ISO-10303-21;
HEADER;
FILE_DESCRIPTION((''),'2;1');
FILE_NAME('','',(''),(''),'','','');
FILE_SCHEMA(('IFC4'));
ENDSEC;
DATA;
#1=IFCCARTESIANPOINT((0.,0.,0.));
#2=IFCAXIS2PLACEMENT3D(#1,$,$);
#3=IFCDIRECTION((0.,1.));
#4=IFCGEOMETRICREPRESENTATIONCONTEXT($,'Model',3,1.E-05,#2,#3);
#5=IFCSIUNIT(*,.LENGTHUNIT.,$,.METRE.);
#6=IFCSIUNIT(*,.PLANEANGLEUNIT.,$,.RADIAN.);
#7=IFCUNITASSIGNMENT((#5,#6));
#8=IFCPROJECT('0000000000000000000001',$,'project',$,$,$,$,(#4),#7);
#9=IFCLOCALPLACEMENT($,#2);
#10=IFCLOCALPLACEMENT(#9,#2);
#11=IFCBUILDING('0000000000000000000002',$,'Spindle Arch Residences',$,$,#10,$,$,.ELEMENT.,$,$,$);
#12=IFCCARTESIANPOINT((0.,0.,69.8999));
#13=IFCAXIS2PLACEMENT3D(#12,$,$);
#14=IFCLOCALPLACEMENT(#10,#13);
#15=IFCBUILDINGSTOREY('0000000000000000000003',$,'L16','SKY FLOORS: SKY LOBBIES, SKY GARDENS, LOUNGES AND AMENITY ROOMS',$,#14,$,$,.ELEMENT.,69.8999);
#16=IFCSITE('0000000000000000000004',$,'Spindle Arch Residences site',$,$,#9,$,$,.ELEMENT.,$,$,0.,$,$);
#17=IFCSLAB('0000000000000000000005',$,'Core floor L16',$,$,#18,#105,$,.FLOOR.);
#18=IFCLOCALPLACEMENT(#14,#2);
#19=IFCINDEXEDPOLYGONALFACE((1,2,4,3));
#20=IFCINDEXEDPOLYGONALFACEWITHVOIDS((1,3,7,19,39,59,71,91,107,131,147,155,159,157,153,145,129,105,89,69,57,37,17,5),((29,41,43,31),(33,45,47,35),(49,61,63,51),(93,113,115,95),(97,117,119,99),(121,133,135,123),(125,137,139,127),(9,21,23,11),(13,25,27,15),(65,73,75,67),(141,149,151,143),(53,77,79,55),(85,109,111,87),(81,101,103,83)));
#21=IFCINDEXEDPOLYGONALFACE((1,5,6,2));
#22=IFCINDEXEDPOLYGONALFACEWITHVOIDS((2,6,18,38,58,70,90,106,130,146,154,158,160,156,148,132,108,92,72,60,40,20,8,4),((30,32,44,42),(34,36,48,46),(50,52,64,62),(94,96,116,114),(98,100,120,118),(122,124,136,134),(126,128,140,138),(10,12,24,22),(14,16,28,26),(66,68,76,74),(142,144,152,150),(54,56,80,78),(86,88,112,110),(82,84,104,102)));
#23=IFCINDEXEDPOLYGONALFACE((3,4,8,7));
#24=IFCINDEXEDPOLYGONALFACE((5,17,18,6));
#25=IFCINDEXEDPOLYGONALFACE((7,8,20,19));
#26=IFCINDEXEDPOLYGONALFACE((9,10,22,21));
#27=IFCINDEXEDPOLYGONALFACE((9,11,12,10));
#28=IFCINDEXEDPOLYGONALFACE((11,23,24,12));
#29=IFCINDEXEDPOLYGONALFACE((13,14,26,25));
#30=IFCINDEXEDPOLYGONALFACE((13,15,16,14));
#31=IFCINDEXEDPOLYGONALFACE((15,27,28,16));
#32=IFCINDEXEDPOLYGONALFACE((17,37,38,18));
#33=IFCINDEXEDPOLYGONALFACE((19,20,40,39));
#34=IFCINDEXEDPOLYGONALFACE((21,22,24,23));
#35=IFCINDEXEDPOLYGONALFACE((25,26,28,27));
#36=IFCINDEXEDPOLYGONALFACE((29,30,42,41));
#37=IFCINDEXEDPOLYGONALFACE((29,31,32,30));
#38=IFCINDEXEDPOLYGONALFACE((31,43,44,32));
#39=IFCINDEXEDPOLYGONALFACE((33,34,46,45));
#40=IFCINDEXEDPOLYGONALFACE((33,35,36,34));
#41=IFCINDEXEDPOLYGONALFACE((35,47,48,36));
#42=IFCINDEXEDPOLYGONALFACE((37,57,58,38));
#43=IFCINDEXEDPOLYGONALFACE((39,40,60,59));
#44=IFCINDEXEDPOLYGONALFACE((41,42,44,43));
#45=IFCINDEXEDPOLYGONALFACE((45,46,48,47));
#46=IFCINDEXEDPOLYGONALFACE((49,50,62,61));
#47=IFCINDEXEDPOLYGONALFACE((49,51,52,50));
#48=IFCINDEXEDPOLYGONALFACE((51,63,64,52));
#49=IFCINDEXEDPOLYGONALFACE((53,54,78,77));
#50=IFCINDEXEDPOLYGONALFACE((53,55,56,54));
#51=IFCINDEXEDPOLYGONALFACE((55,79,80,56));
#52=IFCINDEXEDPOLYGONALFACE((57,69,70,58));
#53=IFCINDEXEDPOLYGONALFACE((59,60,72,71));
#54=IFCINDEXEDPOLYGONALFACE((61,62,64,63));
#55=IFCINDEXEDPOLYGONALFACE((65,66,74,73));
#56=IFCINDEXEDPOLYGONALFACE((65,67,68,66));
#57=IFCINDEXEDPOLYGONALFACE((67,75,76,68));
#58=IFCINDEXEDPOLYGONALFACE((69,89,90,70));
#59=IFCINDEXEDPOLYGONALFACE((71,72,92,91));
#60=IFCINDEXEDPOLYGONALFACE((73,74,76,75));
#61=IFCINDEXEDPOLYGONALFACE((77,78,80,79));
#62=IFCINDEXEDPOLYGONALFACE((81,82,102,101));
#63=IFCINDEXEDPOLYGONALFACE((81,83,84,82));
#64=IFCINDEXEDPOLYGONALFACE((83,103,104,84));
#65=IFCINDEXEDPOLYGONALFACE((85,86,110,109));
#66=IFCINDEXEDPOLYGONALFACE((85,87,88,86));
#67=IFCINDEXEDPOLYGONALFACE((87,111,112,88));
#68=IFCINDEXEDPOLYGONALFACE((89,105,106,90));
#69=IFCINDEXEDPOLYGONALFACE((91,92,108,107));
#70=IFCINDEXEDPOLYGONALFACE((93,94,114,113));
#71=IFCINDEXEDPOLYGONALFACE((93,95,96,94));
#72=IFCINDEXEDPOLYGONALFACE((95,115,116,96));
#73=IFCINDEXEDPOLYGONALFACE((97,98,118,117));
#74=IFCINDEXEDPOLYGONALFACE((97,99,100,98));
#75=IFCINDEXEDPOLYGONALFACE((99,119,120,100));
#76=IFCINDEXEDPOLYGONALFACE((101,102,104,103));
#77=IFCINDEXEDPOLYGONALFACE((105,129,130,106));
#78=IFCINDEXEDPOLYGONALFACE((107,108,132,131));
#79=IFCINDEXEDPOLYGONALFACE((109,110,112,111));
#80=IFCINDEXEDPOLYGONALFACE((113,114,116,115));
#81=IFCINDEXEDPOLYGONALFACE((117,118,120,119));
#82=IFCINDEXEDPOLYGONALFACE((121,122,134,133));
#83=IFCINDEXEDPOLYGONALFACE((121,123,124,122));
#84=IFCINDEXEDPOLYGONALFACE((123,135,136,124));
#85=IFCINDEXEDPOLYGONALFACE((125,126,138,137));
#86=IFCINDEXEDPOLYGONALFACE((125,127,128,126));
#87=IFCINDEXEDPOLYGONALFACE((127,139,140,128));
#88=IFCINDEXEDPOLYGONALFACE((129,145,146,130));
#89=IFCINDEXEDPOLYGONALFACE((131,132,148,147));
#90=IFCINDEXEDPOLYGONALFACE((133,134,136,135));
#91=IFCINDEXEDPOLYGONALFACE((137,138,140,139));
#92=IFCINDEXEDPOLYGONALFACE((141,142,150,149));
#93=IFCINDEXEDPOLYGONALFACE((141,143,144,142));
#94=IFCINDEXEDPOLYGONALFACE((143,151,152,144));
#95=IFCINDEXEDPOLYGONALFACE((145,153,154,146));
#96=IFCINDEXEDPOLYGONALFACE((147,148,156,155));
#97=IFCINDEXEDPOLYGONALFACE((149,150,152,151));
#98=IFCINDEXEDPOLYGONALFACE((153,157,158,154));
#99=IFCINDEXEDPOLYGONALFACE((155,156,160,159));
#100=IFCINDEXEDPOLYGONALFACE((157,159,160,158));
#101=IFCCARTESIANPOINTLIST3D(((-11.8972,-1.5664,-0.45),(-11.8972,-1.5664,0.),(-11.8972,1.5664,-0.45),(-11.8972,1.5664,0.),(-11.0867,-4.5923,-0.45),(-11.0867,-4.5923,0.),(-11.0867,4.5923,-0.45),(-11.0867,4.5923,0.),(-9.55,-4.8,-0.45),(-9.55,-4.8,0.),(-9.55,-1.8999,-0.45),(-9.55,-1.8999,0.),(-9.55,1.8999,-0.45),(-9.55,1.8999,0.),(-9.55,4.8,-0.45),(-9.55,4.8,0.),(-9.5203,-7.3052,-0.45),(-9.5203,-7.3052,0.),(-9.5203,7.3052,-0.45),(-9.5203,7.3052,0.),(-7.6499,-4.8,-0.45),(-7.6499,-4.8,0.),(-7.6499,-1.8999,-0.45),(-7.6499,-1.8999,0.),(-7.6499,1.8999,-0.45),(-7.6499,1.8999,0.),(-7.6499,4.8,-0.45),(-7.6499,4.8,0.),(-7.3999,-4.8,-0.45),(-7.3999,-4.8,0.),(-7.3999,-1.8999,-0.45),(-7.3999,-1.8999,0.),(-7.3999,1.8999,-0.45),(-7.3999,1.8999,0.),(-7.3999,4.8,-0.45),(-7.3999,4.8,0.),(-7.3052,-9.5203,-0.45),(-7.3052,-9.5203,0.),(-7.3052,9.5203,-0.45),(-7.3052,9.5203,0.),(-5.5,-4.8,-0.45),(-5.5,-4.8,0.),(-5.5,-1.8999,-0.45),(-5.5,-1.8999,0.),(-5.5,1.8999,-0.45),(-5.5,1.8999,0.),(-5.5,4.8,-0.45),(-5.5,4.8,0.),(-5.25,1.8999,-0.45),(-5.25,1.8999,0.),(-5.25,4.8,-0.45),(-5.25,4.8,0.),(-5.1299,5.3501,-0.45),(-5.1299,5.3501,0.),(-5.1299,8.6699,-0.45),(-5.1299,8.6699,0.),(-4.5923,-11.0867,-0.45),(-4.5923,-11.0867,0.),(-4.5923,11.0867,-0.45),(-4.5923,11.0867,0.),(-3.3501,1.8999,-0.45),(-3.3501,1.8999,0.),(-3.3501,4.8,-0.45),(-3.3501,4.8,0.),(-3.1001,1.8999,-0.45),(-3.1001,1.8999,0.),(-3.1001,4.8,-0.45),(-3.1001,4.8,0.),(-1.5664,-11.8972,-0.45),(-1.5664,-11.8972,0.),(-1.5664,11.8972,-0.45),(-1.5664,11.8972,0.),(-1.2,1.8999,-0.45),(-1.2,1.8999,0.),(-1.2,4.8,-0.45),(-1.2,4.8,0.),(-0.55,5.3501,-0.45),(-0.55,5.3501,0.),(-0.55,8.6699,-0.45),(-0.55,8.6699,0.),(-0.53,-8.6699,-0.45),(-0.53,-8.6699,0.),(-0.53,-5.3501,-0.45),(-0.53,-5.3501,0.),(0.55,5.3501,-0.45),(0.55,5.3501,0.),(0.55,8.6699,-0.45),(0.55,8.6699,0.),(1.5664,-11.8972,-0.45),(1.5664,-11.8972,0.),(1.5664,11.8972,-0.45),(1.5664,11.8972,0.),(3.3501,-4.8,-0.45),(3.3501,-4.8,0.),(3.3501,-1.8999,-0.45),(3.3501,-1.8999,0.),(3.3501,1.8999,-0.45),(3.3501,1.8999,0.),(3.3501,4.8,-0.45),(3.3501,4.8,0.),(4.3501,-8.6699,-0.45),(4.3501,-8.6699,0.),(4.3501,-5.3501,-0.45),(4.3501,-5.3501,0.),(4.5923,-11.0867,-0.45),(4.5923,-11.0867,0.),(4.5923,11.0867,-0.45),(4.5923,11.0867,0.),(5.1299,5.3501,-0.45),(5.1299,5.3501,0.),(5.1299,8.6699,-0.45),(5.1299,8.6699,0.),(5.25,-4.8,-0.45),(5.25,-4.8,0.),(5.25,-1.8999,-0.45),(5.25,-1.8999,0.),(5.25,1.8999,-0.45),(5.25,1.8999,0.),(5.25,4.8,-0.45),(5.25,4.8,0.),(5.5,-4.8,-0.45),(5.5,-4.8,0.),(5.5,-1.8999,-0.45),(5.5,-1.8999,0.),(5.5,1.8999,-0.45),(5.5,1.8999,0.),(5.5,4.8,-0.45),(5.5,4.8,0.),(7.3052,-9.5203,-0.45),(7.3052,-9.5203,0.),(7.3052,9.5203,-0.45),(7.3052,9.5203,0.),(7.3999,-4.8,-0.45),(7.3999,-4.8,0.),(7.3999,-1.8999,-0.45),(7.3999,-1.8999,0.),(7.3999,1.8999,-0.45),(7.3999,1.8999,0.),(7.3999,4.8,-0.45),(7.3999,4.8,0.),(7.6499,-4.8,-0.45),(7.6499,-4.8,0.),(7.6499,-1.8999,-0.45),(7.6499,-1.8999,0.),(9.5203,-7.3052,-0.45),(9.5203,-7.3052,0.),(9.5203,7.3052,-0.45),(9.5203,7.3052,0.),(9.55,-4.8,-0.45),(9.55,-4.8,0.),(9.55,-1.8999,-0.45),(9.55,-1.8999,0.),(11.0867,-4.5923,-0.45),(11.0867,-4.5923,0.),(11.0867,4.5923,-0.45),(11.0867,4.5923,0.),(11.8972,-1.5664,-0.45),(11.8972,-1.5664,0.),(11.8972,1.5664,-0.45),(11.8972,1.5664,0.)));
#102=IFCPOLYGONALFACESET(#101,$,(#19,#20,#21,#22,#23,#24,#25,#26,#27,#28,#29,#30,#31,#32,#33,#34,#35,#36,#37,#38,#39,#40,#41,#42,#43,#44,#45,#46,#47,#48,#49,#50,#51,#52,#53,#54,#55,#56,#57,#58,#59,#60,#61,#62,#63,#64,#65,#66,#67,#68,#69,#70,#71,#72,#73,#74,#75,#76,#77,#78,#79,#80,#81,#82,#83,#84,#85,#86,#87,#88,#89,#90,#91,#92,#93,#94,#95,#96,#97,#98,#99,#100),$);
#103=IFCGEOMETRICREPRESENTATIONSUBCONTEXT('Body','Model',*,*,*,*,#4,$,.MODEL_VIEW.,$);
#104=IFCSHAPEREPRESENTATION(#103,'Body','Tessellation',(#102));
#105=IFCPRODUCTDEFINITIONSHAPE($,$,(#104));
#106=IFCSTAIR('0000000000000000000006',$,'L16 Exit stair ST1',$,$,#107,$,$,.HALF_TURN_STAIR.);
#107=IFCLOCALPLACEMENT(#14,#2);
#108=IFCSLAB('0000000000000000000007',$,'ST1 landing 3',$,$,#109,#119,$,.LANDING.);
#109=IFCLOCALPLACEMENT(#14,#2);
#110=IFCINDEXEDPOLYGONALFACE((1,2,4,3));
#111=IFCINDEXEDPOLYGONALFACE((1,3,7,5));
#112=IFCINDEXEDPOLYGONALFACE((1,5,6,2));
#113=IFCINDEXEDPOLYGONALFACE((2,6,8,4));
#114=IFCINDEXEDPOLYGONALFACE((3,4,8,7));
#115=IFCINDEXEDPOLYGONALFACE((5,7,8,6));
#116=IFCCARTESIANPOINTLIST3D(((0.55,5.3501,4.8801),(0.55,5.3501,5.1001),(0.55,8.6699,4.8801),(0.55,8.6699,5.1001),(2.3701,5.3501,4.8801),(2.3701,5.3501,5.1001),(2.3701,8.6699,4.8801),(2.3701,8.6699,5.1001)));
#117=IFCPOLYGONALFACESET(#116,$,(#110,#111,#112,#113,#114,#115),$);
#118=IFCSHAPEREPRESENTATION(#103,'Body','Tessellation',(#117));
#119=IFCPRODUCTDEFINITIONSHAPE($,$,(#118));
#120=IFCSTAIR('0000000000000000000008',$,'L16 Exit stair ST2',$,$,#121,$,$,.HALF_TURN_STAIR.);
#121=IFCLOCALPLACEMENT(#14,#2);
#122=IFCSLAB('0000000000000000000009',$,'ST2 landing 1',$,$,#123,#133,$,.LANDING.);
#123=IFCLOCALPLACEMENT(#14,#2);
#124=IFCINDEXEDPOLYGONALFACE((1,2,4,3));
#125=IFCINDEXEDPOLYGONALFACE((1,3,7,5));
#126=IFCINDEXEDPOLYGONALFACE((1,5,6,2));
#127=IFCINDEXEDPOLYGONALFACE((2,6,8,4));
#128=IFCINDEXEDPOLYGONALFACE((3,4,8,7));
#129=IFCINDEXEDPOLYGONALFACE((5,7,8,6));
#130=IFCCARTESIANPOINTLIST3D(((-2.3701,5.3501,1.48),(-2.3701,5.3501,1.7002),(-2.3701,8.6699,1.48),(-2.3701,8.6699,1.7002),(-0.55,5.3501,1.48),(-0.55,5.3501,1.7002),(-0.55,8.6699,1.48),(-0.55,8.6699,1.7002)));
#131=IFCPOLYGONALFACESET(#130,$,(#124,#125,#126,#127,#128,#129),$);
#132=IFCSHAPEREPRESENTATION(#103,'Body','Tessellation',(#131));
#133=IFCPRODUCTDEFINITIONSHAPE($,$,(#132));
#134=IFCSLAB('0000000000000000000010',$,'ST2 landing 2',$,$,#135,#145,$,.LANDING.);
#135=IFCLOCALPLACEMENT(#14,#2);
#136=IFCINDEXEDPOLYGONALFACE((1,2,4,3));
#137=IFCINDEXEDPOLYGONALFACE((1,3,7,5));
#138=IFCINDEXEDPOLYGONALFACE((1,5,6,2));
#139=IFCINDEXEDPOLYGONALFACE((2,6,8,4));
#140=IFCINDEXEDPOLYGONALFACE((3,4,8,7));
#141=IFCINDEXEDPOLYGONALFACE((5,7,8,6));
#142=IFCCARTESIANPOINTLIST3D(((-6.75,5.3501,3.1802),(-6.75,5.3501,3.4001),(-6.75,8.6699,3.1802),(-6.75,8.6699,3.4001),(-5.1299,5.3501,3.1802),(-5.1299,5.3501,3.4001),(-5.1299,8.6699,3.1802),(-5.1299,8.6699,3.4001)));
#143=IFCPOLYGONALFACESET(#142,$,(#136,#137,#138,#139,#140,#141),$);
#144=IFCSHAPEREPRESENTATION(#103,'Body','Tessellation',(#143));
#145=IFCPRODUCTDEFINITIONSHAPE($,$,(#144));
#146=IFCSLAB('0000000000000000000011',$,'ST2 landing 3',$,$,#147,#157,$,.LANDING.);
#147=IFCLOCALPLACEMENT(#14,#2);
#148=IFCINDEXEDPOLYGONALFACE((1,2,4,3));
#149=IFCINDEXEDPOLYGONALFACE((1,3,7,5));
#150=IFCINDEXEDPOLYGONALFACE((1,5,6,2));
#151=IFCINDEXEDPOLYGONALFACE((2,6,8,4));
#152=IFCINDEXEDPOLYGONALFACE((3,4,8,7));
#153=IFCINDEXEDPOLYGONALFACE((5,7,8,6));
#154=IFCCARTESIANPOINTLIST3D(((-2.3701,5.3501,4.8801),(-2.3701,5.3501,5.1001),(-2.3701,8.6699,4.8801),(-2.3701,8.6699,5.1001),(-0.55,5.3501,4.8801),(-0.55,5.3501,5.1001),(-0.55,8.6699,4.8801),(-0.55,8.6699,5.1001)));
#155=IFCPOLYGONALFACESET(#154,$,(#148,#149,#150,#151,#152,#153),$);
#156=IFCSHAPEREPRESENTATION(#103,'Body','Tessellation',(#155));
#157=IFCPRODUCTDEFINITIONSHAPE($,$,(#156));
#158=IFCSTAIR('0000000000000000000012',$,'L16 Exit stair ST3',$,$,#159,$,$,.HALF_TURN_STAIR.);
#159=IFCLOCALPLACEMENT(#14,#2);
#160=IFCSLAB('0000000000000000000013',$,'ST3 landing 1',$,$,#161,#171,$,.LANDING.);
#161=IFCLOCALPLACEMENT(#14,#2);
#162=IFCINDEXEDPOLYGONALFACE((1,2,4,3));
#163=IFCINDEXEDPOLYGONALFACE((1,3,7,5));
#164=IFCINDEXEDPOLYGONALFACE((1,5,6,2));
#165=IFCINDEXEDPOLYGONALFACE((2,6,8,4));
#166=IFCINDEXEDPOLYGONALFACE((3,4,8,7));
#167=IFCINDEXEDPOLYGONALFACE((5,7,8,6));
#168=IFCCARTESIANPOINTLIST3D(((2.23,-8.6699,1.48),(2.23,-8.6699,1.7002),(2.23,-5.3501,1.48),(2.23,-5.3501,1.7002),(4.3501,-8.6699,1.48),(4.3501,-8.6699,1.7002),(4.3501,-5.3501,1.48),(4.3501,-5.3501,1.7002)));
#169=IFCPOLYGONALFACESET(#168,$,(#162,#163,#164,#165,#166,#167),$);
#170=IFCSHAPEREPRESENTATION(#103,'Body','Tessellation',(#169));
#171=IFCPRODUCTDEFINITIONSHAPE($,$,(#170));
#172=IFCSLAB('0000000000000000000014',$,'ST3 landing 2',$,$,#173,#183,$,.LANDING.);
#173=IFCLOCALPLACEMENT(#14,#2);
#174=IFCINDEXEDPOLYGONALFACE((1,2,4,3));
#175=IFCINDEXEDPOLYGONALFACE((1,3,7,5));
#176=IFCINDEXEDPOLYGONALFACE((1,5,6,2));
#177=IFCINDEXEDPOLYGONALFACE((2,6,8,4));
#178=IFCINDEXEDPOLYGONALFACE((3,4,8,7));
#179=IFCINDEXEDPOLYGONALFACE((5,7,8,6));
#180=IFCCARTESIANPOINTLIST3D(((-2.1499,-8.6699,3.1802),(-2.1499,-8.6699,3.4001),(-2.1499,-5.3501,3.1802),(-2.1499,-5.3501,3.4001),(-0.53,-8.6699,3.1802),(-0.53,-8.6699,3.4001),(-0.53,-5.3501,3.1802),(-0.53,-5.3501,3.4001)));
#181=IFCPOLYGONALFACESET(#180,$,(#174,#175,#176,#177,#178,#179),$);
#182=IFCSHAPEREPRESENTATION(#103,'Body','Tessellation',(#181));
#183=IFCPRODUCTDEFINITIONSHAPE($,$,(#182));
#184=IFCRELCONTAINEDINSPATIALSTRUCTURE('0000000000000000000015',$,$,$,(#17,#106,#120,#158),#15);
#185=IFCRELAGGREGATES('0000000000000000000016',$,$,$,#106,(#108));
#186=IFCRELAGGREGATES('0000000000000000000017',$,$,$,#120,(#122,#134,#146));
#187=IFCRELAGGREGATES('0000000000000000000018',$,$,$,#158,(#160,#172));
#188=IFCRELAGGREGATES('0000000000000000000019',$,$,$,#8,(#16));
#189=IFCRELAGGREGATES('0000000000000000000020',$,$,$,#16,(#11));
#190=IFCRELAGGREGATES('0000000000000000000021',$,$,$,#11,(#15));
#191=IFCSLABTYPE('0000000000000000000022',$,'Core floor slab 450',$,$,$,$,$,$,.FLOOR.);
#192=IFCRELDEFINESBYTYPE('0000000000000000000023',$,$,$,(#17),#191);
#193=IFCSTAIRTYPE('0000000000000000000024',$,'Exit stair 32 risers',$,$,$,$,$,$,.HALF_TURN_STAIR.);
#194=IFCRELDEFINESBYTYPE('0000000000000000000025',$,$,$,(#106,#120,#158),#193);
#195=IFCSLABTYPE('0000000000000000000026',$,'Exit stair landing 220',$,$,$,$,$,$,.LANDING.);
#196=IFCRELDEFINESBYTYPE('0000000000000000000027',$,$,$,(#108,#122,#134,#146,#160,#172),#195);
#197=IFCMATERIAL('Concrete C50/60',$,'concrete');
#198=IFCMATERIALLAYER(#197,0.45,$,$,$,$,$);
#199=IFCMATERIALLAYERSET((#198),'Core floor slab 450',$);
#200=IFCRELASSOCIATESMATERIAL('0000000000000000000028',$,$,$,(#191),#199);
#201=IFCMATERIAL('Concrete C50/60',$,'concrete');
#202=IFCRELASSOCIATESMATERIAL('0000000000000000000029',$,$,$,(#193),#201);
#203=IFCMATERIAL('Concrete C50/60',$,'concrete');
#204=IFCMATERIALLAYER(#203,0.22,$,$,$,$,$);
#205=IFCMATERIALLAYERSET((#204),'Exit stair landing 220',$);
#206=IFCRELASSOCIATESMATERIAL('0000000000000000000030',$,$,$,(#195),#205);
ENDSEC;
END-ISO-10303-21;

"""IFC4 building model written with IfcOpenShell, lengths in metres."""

from ifc_helpers import new_model, si_unit, direction, frame, origin, place, context, subcontext, project, spatial, polyline, outline, extrude, material, layer, layer_set, type_object, element, aggregate, save


model = new_model("IFC4")

# Units and contexts
model_context = context("Model", 3, precision=1e-05, world=origin(), true_north=direction((0.0, 1.0)))
body_context = subcontext(model_context, "Body", "Model", "MODEL_VIEW")
ifc_project = project(units=[si_unit("LENGTHUNIT", "METRE"), si_unit("PLANEANGLEUNIT", "RADIAN")], contexts=[model_context])

# Site, building, storey
site_placement = place(None, origin())
site = spatial("IfcSite", under=ifc_project, at=site_placement, Name="Spindle Arch Residences site", CompositionType="ELEMENT", RefElevation=0.0)
building_placement = place(site_placement, origin())
building = spatial("IfcBuilding", under=site, at=building_placement, Name="Spindle Arch Residences", CompositionType="ELEMENT")
storey_placement = place(building_placement, frame((0.0, 0.0, 69.8999)))
storey = spatial("IfcBuildingStorey", under=building, at=storey_placement, Name="L16", Description="SKY FLOORS: SKY LOBBIES, SKY GARDENS, LOUNGES AND AMENITY ROOMS", CompositionType="ELEMENT", Elevation=69.8999)

# Slab
ifc_material_1 = material(Name="Concrete C50/60", Category="concrete")
ifc_layer_1 = layer(ifc_material_1, 0.45)
ifc_layer_set_1 = layer_set([ifc_layer_1], Name="Core floor slab 450")
slab_type_1 = type_object("IfcSlabType", Name="Core floor slab 450", PredefinedType="FLOOR", material=ifc_layer_set_1)
slab_1_placement = place(storey_placement, frame((0.0, 0.0, -0.45)))
element("IfcSlab", 1, at=slab_1_placement, inside=storey, type_object=slab_type_1, Name="Core floor L16", PredefinedType="FLOOR", context=body_context, shape_type="SweptSolid", body=[
    extrude(outline(polyline([(1.5664, -11.8972), (4.5923, -11.0867), (7.3052, -9.5203), (9.5203, -7.3052), (11.0867, -4.5923), (11.8972, -1.5664), (11.8972, 1.5664), (11.0867, 4.5923), (9.5203, 7.3052), (7.3052, 9.5203), (4.5923, 11.0867), (1.5664, 11.8972), (-1.5664, 11.8972), (-4.5923, 11.0867), (-7.3052, 9.5203), (-9.5203, 7.3052), (-11.0867, 4.5923), (-11.8972, 1.5664), (-11.8972, -1.5664), (-11.0867, -4.5923), (-9.5203, -7.3052), (-7.3052, -9.5203), (-4.5923, -11.0867), (-1.5664, -11.8972), (1.5664, -11.8972)]), holes=[polyline([(-9.55, 1.8999), (-7.6499, 1.8999), (-7.6499, 4.8), (-9.55, 4.8), (-9.55, 1.8999)]), polyline([(-7.3999, 1.8999), (-5.5, 1.8999), (-5.5, 4.8), (-7.3999, 4.8), (-7.3999, 1.8999)]), polyline([(-5.25, 1.8999), (-3.3501, 1.8999), (-3.3501, 4.8), (-5.25, 4.8), (-5.25, 1.8999)]), polyline([(-3.1001, 1.8999), (-1.2, 1.8999), (-1.2, 4.8), (-3.1001, 4.8), (-3.1001, 1.8999)]), polyline([(3.3501, 1.8999), (5.25, 1.8999), (5.25, 4.8), (3.3501, 4.8), (3.3501, 1.8999)]), polyline([(5.5, 1.8999), (7.3999, 1.8999), (7.3999, 4.8), (5.5, 4.8), (5.5, 1.8999)]), polyline([(-9.55, -4.8), (-7.6499, -4.8), (-7.6499, -1.8999), (-9.55, -1.8999), (-9.55, -4.8)]), polyline([(-7.3999, -4.8), (-5.5, -4.8), (-5.5, -1.8999), (-7.3999, -1.8999), (-7.3999, -4.8)]), polyline([(3.3501, -4.8), (5.25, -4.8), (5.25, -1.8999), (3.3501, -1.8999), (3.3501, -4.8)]), polyline([(5.5, -4.8), (7.3999, -4.8), (7.3999, -1.8999), (5.5, -1.8999), (5.5, -4.8)]), polyline([(7.6499, -4.8), (9.55, -4.8), (9.55, -1.8999), (7.6499, -1.8999), (7.6499, -4.8)]), polyline([(5.1299, 8.6699), (0.55, 8.6699), (0.55, 5.3501), (5.1299, 5.3501), (5.1299, 8.6699)]), polyline([(-5.1299, 5.3501), (-0.55, 5.3501), (-0.55, 8.6699), (-5.1299, 8.6699), (-5.1299, 5.3501)]), polyline([(-0.53, -8.6699), (4.3501, -8.6699), (4.3501, -5.3501), (-0.53, -5.3501), (-0.53, -8.6699)])]), origin(), (0.0, 0.0, 1.0), 0.45),
])

# Stair, slab
ifc_material_2 = material(Name="Concrete C50/60", Category="concrete")
stair_type = type_object("IfcStairType", Name="Exit stair 32 risers", PredefinedType="HALF_TURN_STAIR", material=ifc_material_2)
stair_1_placement = place(storey_placement, origin())
stair_1 = element("IfcStair", 2, at=stair_1_placement, inside=storey, type_object=stair_type, Name="L16 Exit stair ST1", PredefinedType="HALF_TURN_STAIR")
ifc_material_3 = material(Name="Concrete C50/60", Category="concrete")
ifc_layer_2 = layer(ifc_material_3, 0.22)
ifc_layer_set_2 = layer_set([ifc_layer_2], Name="Exit stair landing 220")
slab_type_2 = type_object("IfcSlabType", Name="Exit stair landing 220", PredefinedType="LANDING", material=ifc_layer_set_2)
slab_2_placement = place(storey_placement, frame((0.0, 0.0, 4.8801)))
slab_2 = element("IfcSlab", 3, at=slab_2_placement, type_object=slab_type_2, Name="ST1 landing 3", PredefinedType="LANDING", context=body_context, shape_type="SweptSolid", body=[
    extrude(outline(polyline([(2.3701, 8.6699), (0.55, 8.6699), (0.55, 5.3501), (2.3701, 5.3501), (2.3701, 8.6699)])), origin(), (0.0, 0.0, 1.0), 0.22),
])
aggregate(stair_1, [slab_2])

# Stairs, slabs
stair_2_placement = place(storey_placement, origin())
stair_2 = element("IfcStair", 4, at=stair_2_placement, inside=storey, type_object=stair_type, Name="L16 Exit stair ST2", PredefinedType="HALF_TURN_STAIR")
slab_3_placement = place(storey_placement, frame((0.0, 0.0, 1.48)))
slab_3 = element("IfcSlab", 5, at=slab_3_placement, type_object=slab_type_2, Name="ST2 landing 1", PredefinedType="LANDING", context=body_context, shape_type="SweptSolid", body=[
    extrude(outline(polyline([(-2.3701, 5.3501), (-0.55, 5.3501), (-0.55, 8.6699), (-2.3701, 8.6699), (-2.3701, 5.3501)])), origin(), (0.0, 0.0, 1.0), 0.2202),
])
slab_4_placement = place(storey_placement, frame((0.0, 0.0, 3.1802)))
slab_4 = element("IfcSlab", 6, at=slab_4_placement, type_object=slab_type_2, Name="ST2 landing 2", PredefinedType="LANDING", context=body_context, shape_type="SweptSolid", body=[
    extrude(outline(polyline([(-6.75, 5.3501), (-5.1299, 5.3501), (-5.1299, 8.6699), (-6.75, 8.6699), (-6.75, 5.3501)])), origin(), (0.0, 0.0, 1.0), 0.22),
])
slab_5_placement = place(storey_placement, frame((0.0, 0.0, 4.8801)))
slab_5 = element("IfcSlab", 7, at=slab_5_placement, type_object=slab_type_2, Name="ST2 landing 3", PredefinedType="LANDING", context=body_context, shape_type="SweptSolid", body=[
    extrude(outline(polyline([(-2.3701, 5.3501), (-0.55, 5.3501), (-0.55, 8.6699), (-2.3701, 8.6699), (-2.3701, 5.3501)])), origin(), (0.0, 0.0, 1.0), 0.22),
])
aggregate(stair_2, [slab_3, slab_4, slab_5])
stair_3_placement = place(storey_placement, origin())
stair_3 = element("IfcStair", 8, at=stair_3_placement, inside=storey, type_object=stair_type, Name="L16 Exit stair ST3", PredefinedType="HALF_TURN_STAIR")
slab_6_placement = place(storey_placement, frame((0.0, 0.0, 1.48)))
slab_6 = element("IfcSlab", 9, at=slab_6_placement, type_object=slab_type_2, Name="ST3 landing 1", PredefinedType="LANDING", context=body_context, shape_type="SweptSolid", body=[
    extrude(outline(polyline([(2.23, -8.6699), (4.3501, -8.6699), (4.3501, -5.3501), (2.23, -5.3501), (2.23, -8.6699)])), origin(), (0.0, 0.0, 1.0), 0.2202),
])
slab_7_placement = place(storey_placement, frame((0.0, 0.0, 3.1802)))
slab_7 = element("IfcSlab", 10, at=slab_7_placement, type_object=slab_type_2, Name="ST3 landing 2", PredefinedType="LANDING", context=body_context, shape_type="SweptSolid", body=[
    extrude(outline(polyline([(-2.1499, -8.6699), (-0.53, -8.6699), (-0.53, -5.3501), (-2.1499, -5.3501), (-2.1499, -8.6699)])), origin(), (0.0, 0.0, 1.0), 0.22),
])
aggregate(stair_3, [slab_6, slab_7])

save(model, "model.ifc")
